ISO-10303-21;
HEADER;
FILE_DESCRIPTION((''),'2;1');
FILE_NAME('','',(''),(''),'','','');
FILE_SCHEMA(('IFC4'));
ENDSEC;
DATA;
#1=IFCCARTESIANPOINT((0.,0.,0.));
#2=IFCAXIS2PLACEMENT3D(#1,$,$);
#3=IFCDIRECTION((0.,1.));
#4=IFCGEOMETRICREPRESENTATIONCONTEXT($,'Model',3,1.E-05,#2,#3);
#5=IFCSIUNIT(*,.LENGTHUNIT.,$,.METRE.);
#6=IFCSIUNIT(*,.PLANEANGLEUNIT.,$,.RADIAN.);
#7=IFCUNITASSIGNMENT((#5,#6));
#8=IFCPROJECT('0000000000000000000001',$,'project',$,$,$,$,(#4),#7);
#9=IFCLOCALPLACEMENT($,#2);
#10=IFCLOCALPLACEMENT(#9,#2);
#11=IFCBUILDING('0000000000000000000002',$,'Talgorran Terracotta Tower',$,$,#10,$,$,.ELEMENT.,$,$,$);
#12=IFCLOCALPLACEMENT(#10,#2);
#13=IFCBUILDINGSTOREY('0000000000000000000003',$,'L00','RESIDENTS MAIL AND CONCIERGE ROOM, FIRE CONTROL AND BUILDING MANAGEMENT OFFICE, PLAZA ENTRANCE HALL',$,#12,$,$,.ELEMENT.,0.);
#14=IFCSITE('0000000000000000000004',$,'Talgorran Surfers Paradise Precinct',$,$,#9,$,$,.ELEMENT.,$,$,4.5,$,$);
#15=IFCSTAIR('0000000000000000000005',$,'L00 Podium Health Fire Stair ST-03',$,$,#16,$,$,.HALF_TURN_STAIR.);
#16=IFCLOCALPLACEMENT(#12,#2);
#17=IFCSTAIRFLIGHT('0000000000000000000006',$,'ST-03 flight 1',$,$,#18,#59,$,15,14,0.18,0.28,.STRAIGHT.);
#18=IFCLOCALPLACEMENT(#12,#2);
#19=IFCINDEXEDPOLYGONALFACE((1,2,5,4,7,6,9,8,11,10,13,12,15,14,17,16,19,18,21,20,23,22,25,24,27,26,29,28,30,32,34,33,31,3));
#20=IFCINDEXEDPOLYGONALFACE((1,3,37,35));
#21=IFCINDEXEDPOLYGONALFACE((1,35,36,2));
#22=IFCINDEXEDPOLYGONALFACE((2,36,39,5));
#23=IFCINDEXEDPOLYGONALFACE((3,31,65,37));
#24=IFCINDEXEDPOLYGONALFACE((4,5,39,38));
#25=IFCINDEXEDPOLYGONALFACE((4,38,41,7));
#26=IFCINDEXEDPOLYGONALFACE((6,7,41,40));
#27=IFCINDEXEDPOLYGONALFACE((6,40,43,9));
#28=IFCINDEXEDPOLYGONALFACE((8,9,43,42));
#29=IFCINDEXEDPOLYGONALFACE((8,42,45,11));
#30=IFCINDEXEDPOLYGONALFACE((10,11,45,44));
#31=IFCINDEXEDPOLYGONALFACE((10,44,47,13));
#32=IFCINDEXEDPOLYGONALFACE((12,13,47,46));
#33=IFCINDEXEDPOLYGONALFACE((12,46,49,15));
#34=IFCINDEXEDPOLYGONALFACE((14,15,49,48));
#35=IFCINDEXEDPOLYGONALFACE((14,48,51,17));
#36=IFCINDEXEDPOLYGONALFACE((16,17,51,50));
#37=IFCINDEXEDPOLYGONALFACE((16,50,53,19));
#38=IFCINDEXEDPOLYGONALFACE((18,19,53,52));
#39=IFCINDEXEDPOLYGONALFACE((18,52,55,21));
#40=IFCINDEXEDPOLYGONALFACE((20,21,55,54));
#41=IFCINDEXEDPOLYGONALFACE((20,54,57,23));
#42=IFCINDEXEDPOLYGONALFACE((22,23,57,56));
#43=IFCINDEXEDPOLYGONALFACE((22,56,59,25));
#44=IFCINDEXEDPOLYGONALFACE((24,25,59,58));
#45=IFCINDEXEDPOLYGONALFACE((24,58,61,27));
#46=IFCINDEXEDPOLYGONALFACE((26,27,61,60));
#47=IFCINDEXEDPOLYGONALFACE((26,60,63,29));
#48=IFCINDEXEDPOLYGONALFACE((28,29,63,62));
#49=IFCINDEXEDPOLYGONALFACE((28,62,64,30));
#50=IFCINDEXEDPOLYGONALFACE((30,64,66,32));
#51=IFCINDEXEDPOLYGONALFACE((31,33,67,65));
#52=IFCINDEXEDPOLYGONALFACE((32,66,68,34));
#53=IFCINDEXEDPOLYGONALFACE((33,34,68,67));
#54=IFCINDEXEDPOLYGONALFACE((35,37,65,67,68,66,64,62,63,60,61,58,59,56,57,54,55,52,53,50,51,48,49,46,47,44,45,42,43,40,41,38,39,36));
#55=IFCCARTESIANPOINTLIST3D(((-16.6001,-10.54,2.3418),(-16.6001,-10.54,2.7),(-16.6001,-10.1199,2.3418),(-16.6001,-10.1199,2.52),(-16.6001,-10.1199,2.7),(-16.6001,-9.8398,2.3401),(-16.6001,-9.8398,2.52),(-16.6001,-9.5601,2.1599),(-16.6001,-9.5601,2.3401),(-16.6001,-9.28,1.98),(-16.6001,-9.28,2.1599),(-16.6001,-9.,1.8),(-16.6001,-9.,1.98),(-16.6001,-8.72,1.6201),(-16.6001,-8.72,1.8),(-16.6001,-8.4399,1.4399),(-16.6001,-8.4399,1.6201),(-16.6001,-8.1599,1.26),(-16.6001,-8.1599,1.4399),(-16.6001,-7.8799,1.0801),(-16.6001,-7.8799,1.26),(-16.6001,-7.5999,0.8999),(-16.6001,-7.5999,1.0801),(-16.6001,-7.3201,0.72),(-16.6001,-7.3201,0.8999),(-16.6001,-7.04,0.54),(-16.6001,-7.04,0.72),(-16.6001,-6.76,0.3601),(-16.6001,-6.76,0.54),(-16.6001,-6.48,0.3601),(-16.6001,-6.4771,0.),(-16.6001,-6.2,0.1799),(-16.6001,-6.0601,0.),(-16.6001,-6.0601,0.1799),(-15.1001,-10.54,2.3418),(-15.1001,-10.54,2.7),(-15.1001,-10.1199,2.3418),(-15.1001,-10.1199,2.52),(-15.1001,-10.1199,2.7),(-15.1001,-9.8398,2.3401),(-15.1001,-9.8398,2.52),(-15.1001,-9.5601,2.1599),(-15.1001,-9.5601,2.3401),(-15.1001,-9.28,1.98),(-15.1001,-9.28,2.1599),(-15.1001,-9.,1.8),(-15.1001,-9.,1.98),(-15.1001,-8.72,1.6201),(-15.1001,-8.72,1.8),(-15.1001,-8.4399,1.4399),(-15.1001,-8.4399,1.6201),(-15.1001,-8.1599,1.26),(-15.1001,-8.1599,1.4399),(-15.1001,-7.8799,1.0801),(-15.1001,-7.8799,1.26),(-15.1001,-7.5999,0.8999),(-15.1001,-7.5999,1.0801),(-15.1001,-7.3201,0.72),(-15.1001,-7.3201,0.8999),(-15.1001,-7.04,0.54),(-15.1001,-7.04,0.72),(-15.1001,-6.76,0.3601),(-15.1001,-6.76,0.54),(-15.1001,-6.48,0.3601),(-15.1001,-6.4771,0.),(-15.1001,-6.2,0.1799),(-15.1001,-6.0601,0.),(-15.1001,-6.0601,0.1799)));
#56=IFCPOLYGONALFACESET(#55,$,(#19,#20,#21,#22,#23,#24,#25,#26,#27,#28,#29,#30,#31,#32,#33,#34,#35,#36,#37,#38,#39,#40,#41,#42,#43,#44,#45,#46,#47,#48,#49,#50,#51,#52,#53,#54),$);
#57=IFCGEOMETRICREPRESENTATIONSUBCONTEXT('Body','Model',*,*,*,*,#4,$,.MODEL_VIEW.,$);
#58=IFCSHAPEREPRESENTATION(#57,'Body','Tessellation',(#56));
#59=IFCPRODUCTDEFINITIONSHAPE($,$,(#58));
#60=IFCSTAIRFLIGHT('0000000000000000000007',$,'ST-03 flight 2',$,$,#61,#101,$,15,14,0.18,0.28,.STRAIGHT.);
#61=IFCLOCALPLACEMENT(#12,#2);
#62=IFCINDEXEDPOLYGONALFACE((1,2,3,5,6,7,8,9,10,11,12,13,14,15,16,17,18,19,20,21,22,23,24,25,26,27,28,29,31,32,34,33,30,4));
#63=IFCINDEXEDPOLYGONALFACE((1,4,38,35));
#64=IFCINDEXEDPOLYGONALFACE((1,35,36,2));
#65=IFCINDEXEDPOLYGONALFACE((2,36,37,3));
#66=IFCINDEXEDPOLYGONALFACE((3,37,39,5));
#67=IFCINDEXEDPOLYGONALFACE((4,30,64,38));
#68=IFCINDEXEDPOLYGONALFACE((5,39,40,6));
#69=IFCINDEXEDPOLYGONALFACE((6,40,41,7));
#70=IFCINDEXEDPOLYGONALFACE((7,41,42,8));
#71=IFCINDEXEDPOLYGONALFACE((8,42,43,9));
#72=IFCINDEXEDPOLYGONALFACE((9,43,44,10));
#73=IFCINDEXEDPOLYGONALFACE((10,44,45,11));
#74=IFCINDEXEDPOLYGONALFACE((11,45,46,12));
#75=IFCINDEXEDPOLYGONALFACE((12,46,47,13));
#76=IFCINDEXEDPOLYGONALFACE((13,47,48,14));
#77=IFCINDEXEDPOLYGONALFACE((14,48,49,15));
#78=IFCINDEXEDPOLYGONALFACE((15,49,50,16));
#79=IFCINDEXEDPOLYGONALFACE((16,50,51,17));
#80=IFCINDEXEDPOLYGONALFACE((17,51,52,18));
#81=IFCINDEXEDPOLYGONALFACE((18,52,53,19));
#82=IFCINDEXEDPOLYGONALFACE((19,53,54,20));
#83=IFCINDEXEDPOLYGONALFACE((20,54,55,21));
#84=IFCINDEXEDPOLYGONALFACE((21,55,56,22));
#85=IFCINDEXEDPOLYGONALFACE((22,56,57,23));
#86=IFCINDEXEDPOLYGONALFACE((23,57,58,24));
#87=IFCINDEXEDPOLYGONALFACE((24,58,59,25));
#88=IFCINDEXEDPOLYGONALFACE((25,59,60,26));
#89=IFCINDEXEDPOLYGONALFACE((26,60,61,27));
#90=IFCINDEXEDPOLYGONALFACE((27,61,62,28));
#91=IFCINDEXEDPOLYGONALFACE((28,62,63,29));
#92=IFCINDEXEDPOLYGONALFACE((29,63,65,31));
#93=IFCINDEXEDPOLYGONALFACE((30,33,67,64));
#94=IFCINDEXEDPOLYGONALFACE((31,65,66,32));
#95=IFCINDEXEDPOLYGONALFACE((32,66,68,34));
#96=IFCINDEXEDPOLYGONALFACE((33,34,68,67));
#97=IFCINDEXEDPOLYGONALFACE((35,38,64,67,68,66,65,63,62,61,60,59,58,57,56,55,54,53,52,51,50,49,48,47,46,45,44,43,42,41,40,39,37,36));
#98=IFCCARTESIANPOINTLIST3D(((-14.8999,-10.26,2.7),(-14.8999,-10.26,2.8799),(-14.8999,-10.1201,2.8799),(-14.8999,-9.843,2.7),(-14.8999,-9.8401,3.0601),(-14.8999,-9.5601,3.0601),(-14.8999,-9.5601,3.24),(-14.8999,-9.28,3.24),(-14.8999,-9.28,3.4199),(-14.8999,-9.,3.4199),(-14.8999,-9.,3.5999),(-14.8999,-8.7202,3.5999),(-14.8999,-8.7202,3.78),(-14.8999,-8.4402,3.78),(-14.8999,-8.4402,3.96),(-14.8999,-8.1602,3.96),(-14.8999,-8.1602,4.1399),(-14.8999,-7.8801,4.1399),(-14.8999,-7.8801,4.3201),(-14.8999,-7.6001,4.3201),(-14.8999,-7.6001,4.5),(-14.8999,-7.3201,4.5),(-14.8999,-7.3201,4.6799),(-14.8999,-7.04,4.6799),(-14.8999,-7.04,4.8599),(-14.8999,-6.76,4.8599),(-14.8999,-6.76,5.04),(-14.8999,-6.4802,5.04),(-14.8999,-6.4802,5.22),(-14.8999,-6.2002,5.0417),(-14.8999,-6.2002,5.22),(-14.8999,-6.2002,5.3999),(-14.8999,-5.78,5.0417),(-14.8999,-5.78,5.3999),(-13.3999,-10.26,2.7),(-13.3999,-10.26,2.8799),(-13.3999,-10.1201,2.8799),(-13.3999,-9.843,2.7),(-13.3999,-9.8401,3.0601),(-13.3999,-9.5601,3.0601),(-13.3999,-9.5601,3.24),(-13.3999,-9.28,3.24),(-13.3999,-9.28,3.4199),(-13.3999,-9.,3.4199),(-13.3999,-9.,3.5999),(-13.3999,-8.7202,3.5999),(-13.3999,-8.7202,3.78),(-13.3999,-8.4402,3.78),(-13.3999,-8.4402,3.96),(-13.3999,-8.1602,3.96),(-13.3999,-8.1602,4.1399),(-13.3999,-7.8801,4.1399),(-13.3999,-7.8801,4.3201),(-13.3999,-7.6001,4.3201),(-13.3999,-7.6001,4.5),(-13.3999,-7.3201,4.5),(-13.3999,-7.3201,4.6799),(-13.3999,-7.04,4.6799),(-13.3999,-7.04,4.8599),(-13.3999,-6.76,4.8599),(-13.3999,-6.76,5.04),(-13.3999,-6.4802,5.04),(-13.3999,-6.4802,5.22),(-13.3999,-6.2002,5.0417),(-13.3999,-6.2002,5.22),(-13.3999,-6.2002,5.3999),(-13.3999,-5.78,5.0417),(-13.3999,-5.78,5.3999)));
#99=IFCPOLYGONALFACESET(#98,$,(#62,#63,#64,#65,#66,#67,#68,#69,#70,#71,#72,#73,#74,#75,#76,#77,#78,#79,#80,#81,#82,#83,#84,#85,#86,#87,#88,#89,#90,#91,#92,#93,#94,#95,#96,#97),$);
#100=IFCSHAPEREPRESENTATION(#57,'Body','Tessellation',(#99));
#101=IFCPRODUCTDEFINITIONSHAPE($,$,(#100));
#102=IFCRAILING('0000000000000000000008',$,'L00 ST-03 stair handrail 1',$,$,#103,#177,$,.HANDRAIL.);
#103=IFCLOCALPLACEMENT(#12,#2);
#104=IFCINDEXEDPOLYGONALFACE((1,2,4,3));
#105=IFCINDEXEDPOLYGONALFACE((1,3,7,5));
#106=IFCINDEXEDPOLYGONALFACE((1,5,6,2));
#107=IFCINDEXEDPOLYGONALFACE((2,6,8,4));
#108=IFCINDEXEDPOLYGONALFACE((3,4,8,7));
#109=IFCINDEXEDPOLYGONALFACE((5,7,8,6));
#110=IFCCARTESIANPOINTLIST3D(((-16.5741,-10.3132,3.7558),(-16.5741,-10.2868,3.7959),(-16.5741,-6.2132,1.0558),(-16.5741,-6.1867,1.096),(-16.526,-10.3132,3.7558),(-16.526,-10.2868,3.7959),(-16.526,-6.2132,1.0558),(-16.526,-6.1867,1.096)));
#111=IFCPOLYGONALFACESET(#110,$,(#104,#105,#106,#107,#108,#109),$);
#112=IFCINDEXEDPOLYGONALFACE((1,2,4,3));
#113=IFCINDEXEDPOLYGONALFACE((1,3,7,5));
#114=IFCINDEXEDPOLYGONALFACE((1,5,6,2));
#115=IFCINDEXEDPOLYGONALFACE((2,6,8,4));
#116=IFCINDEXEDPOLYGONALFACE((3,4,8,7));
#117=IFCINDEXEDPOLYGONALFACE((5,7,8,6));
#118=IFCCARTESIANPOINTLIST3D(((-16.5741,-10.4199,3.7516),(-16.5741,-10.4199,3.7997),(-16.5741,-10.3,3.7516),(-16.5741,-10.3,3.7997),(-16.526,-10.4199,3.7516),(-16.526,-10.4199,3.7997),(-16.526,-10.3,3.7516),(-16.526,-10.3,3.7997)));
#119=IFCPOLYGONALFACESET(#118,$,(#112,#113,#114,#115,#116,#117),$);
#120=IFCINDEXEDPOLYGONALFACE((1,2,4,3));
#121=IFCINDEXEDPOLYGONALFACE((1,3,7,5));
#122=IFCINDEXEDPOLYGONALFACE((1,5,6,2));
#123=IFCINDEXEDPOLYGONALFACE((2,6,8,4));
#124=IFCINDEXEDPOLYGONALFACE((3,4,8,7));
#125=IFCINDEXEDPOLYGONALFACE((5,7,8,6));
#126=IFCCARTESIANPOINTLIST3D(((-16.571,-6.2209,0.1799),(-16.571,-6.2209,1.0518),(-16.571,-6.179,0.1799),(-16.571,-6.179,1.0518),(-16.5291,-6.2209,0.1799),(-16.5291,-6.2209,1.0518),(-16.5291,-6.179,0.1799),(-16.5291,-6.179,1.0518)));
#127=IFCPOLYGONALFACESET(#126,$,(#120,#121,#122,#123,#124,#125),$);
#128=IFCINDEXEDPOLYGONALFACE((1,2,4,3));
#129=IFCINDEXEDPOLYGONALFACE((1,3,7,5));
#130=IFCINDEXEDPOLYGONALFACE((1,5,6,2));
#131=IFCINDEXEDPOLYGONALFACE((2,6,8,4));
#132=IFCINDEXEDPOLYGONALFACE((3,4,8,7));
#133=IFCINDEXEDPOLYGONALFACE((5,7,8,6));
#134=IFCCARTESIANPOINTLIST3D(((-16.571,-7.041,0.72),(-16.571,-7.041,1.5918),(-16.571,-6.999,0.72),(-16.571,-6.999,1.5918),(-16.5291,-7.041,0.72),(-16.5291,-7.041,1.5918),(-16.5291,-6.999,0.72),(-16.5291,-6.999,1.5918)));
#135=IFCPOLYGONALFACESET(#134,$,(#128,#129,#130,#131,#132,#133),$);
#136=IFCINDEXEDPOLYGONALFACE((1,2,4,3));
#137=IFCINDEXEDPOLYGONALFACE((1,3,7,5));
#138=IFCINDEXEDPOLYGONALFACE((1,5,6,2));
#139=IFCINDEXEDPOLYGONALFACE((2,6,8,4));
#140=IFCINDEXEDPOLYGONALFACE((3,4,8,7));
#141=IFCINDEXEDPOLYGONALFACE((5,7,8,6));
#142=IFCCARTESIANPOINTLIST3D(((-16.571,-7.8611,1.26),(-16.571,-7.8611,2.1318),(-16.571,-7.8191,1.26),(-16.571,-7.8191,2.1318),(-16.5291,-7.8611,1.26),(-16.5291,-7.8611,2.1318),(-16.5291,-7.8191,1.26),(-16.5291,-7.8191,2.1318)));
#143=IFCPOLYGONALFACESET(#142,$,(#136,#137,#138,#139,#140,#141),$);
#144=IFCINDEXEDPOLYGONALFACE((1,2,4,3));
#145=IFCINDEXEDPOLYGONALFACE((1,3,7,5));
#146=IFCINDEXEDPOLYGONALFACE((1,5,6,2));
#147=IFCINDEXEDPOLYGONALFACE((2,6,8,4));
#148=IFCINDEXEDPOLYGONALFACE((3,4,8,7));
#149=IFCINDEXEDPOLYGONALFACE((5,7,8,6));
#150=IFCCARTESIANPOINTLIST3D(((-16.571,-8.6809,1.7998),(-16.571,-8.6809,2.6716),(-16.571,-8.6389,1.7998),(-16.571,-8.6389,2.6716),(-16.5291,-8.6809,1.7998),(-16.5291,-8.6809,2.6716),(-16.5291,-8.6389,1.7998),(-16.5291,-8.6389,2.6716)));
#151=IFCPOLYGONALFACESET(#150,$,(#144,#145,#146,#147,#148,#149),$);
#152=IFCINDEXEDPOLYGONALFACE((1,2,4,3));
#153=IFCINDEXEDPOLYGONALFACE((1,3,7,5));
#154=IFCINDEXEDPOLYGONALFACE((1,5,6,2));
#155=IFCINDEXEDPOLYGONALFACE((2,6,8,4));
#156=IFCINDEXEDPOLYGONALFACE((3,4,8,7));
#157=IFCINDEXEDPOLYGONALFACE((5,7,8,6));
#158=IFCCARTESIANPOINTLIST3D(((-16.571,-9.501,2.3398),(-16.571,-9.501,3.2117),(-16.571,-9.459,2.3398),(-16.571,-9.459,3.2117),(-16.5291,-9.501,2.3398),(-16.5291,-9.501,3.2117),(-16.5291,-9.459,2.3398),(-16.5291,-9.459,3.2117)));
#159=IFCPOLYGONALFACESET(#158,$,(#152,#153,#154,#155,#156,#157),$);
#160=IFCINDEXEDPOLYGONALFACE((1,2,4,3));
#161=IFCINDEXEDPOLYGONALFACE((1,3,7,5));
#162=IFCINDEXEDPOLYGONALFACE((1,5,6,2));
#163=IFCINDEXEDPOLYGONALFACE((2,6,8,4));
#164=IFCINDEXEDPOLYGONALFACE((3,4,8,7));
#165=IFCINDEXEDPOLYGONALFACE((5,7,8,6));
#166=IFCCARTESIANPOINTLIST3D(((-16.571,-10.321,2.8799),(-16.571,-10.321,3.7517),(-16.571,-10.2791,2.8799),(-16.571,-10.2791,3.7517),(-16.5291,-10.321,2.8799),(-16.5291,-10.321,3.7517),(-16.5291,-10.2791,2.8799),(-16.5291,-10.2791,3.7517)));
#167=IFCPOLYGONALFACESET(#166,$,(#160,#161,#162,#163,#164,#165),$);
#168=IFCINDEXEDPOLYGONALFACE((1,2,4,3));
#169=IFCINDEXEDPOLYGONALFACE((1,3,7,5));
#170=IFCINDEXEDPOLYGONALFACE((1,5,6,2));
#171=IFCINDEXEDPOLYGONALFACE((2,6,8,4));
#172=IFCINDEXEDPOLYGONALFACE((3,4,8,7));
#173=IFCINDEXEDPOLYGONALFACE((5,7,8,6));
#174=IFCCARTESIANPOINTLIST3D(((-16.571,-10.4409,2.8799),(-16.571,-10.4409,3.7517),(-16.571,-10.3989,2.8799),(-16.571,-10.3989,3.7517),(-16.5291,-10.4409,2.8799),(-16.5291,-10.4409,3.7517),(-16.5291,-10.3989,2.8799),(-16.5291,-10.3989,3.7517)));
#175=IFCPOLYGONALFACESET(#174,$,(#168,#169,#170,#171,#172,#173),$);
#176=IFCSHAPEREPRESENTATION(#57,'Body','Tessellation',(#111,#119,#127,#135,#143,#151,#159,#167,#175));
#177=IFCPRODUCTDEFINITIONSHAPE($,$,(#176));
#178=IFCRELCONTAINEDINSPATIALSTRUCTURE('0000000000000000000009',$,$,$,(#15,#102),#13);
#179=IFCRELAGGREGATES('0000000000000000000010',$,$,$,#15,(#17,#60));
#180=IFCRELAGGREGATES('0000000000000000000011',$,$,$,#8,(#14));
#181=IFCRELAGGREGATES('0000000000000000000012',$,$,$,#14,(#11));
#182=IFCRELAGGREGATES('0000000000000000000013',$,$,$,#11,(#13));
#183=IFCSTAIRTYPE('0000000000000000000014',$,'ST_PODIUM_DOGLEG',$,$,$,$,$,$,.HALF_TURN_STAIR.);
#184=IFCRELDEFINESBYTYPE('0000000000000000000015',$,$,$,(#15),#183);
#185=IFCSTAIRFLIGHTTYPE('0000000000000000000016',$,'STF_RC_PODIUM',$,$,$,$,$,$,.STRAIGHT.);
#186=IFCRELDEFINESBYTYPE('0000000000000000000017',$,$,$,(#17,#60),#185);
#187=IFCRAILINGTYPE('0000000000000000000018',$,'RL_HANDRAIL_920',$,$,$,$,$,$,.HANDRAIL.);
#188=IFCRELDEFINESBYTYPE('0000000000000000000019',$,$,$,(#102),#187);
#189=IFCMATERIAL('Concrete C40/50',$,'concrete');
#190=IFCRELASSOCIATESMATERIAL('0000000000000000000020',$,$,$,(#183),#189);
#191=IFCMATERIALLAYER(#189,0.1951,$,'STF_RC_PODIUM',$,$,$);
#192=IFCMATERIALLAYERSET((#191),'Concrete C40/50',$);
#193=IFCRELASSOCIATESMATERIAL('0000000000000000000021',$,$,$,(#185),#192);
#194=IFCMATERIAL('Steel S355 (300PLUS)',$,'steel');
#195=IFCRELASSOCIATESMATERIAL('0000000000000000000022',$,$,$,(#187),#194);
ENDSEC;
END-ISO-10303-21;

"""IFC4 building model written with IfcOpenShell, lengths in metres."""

from ifc_helpers import new_model, si_unit, direction, frame, origin, origin_2d, place, context, subcontext, project, spatial, polyline, rectangle, outline, extrude, material, layer, layer_set, type_object, element, aggregate, save


model = new_model("IFC4")

# Units and contexts
model_context = context("Model", 3, precision=1e-05, world=origin(), true_north=direction((0.0, 1.0)))
body_context = subcontext(model_context, "Body", "Model", "MODEL_VIEW")
ifc_project = project(units=[si_unit("LENGTHUNIT", "METRE"), si_unit("PLANEANGLEUNIT", "RADIAN")], contexts=[model_context])

# Site, building, storey
site_placement = place(None, origin())
site = spatial("IfcSite", under=ifc_project, at=site_placement, Name="Talgorran Surfers Paradise Precinct", CompositionType="ELEMENT", RefElevation=4.5)
building_placement = place(site_placement, origin())
building = spatial("IfcBuilding", under=site, at=building_placement, Name="Talgorran Terracotta Tower", CompositionType="ELEMENT")
storey_placement = place(building_placement, origin())
storey = spatial("IfcBuildingStorey", under=building, at=storey_placement, Name="L00", Description="RESIDENTS MAIL AND CONCIERGE ROOM, FIRE CONTROL AND BUILDING MANAGEMENT OFFICE, PLAZA ENTRANCE HALL", CompositionType="ELEMENT", Elevation=0.0)

# Shared definitions
ifc_material_1 = material(Name="Steel S355 (300PLUS)", Category="steel")

# Shared definitions
ifc_material_2 = material(Name="Concrete C40/50", Category="concrete")

# Stair, stair flights
stair_type = type_object("IfcStairType", Name="ST_PODIUM_DOGLEG", PredefinedType="HALF_TURN_STAIR", material=ifc_material_2)
stair_placement = place(storey_placement, origin())
stair = element("IfcStair", 1, at=stair_placement, inside=storey, type_object=stair_type, Name="L00 Podium Health Fire Stair ST-03", PredefinedType="HALF_TURN_STAIR")
ifc_layer_1 = layer(ifc_material_2, 0.1951, Name="STF_RC_PODIUM")
ifc_layer_set_1 = layer_set([ifc_layer_1], Name="Concrete C40/50")
stair_flight_type = type_object("IfcStairFlightType", Name="STF_RC_PODIUM", PredefinedType="STRAIGHT", material=ifc_layer_set_1)
stair_flight_1_placement = place(storey_placement, frame((-15.8501, -6.2, 0.0), z_axis=(0.0, 0.0, 1.0), x_axis=(0.0, -1.0, 0.0)))
stair_flight_1 = element("IfcStairFlight", 2, at=stair_flight_1_placement, type_object=stair_flight_type, Name="ST-03 flight 1", NumberOfRisers=15, NumberOfTreads=14, PredefinedType="STRAIGHT", RiserHeight=0.18, TreadLength=0.28, context=body_context, shape_type="SweptSolid", body=[
    extrude(outline(polyline([(-0.1399, 0.0), (-0.1399, 0.1799), (0.0, 0.1799), (0.28, 0.3601), (0.5601, 0.3601), (0.5601, 0.54), (0.8401, 0.54), (0.8401, 0.72), (1.1201, 0.72), (1.1201, 0.8999), (1.3999, 0.8999), (1.3999, 1.0801), (1.6799, 1.0801), (1.6799, 1.26), (1.96, 1.26), (1.96, 1.4399), (2.24, 1.4399), (2.24, 1.6201), (2.52, 1.6201), (2.52, 1.8), (2.8, 1.8), (2.8, 1.98), (3.0801, 1.98), (3.0801, 2.1599), (3.3601, 2.1599), (3.3601, 2.3401), (3.6399, 2.3401), (3.6399, 2.52), (3.9199, 2.52), (3.9199, 2.7), (4.3401, 2.7), (4.3401, 2.3418), (3.9199, 2.3418), (0.2771, 0.0), (-0.1399, 0.0)])), frame((0.0, 0.75, 0.0), z_axis=(0.0, -1.0, 0.0), x_axis=(1.0, 0.0, 0.0)), (0.0, 0.0, 1.0), 1.5),
])
stair_flight_2_placement = place(storey_placement, frame((-14.1499, -10.1201, 2.7), z_axis=(0.0, 0.0, 1.0), x_axis=(0.0, 1.0, 0.0)))
stair_flight_2 = element("IfcStairFlight", 3, at=stair_flight_2_placement, type_object=stair_flight_type, Name="ST-03 flight 2", NumberOfRisers=15, NumberOfTreads=14, PredefinedType="STRAIGHT", RiserHeight=0.18, TreadLength=0.28, context=body_context, shape_type="SweptSolid", body=[
    extrude(outline(polyline([(-0.1399, 0.0), (-0.1399, 0.1799), (0.0, 0.1799), (0.28, 0.3601), (0.5601, 0.3601), (0.5601, 0.54), (0.8401, 0.54), (0.8401, 0.72), (1.1201, 0.72), (1.1201, 0.8999), (1.3999, 0.8999), (1.3999, 1.0801), (1.6799, 1.0801), (1.6799, 1.26), (1.96, 1.26), (1.96, 1.4399), (2.24, 1.4399), (2.24, 1.6201), (2.52, 1.6201), (2.52, 1.8), (2.8, 1.8), (2.8, 1.98), (3.0801, 1.98), (3.0801, 2.1599), (3.3601, 2.1599), (3.3601, 2.3401), (3.6399, 2.3401), (3.6399, 2.52), (3.9199, 2.52), (3.9199, 2.7), (4.3401, 2.7), (4.3401, 2.3418), (3.9199, 2.3418), (0.2771, 0.0), (-0.1399, 0.0)])), frame((0.0, 0.75, 0.0), z_axis=(0.0, -1.0, 0.0), x_axis=(1.0, 0.0, 0.0)), (0.0, 0.0, 1.0), 1.5),
])
aggregate(stair, [stair_flight_1, stair_flight_2])

# Railing
railing_type_1 = type_object("IfcRailingType", Name="RL_HANDRAIL_920", PredefinedType="HANDRAIL", material=ifc_material_1)
railing_1_placement = place(storey_placement, frame((-16.55, -6.2, 0.1799)))
element("IfcRailing", 4, at=railing_1_placement, inside=storey, type_object=railing_type_1, Name="L00 ST-03 stair handrail 1", PredefinedType="HANDRAIL", context=body_context, shape_type="SweptSolid", body=[
    extrude(rectangle(XDim=0.0481, YDim=0.0481, at=origin_2d()), frame((0.0, 0.0, 0.896), z_axis=(0.0, -0.835181, 0.549974), x_axis=(1.0, 0.0, 0.0)), (0.0, 0.0, 1.0), 4.9092),
    extrude(rectangle(XDim=0.0481, YDim=0.0481, at=origin_2d()), frame((0.0, -4.1001, 3.5957), z_axis=(0.0, -1.0, 0.0), x_axis=(1.0, 0.0, 0.0)), (0.0, 0.0, 1.0), 0.1199),
    extrude(rectangle(XDim=0.042, YDim=0.042, at=origin_2d()), origin(), (0.0, 0.0, 1.0), 0.8718),
    extrude(rectangle(XDim=0.042, YDim=0.042, at=origin_2d()), frame((0.0, -0.8201, 0.54)), (0.0, 0.0, 1.0), 0.8718),
    extrude(rectangle(XDim=0.042, YDim=0.042, at=origin_2d()), frame((0.0, -1.6401, 1.0801)), (0.0, 0.0, 1.0), 0.8718),
    extrude(rectangle(XDim=0.042, YDim=0.042, at=origin_2d()), frame((0.0, -2.46, 1.6199)), (0.0, 0.0, 1.0), 0.8718),
    extrude(rectangle(XDim=0.042, YDim=0.042, at=origin_2d()), frame((0.0, -3.28, 2.1599)), (0.0, 0.0, 1.0), 0.8718),
    extrude(rectangle(XDim=0.042, YDim=0.042, at=origin_2d()), frame((0.0, -4.1001, 2.7)), (0.0, 0.0, 1.0), 0.8718),
    extrude(rectangle(XDim=0.042, YDim=0.042, at=origin_2d()), frame((0.0, -4.22, 2.7)), (0.0, 0.0, 1.0), 0.8718),
])

save(model, "model.ifc")
